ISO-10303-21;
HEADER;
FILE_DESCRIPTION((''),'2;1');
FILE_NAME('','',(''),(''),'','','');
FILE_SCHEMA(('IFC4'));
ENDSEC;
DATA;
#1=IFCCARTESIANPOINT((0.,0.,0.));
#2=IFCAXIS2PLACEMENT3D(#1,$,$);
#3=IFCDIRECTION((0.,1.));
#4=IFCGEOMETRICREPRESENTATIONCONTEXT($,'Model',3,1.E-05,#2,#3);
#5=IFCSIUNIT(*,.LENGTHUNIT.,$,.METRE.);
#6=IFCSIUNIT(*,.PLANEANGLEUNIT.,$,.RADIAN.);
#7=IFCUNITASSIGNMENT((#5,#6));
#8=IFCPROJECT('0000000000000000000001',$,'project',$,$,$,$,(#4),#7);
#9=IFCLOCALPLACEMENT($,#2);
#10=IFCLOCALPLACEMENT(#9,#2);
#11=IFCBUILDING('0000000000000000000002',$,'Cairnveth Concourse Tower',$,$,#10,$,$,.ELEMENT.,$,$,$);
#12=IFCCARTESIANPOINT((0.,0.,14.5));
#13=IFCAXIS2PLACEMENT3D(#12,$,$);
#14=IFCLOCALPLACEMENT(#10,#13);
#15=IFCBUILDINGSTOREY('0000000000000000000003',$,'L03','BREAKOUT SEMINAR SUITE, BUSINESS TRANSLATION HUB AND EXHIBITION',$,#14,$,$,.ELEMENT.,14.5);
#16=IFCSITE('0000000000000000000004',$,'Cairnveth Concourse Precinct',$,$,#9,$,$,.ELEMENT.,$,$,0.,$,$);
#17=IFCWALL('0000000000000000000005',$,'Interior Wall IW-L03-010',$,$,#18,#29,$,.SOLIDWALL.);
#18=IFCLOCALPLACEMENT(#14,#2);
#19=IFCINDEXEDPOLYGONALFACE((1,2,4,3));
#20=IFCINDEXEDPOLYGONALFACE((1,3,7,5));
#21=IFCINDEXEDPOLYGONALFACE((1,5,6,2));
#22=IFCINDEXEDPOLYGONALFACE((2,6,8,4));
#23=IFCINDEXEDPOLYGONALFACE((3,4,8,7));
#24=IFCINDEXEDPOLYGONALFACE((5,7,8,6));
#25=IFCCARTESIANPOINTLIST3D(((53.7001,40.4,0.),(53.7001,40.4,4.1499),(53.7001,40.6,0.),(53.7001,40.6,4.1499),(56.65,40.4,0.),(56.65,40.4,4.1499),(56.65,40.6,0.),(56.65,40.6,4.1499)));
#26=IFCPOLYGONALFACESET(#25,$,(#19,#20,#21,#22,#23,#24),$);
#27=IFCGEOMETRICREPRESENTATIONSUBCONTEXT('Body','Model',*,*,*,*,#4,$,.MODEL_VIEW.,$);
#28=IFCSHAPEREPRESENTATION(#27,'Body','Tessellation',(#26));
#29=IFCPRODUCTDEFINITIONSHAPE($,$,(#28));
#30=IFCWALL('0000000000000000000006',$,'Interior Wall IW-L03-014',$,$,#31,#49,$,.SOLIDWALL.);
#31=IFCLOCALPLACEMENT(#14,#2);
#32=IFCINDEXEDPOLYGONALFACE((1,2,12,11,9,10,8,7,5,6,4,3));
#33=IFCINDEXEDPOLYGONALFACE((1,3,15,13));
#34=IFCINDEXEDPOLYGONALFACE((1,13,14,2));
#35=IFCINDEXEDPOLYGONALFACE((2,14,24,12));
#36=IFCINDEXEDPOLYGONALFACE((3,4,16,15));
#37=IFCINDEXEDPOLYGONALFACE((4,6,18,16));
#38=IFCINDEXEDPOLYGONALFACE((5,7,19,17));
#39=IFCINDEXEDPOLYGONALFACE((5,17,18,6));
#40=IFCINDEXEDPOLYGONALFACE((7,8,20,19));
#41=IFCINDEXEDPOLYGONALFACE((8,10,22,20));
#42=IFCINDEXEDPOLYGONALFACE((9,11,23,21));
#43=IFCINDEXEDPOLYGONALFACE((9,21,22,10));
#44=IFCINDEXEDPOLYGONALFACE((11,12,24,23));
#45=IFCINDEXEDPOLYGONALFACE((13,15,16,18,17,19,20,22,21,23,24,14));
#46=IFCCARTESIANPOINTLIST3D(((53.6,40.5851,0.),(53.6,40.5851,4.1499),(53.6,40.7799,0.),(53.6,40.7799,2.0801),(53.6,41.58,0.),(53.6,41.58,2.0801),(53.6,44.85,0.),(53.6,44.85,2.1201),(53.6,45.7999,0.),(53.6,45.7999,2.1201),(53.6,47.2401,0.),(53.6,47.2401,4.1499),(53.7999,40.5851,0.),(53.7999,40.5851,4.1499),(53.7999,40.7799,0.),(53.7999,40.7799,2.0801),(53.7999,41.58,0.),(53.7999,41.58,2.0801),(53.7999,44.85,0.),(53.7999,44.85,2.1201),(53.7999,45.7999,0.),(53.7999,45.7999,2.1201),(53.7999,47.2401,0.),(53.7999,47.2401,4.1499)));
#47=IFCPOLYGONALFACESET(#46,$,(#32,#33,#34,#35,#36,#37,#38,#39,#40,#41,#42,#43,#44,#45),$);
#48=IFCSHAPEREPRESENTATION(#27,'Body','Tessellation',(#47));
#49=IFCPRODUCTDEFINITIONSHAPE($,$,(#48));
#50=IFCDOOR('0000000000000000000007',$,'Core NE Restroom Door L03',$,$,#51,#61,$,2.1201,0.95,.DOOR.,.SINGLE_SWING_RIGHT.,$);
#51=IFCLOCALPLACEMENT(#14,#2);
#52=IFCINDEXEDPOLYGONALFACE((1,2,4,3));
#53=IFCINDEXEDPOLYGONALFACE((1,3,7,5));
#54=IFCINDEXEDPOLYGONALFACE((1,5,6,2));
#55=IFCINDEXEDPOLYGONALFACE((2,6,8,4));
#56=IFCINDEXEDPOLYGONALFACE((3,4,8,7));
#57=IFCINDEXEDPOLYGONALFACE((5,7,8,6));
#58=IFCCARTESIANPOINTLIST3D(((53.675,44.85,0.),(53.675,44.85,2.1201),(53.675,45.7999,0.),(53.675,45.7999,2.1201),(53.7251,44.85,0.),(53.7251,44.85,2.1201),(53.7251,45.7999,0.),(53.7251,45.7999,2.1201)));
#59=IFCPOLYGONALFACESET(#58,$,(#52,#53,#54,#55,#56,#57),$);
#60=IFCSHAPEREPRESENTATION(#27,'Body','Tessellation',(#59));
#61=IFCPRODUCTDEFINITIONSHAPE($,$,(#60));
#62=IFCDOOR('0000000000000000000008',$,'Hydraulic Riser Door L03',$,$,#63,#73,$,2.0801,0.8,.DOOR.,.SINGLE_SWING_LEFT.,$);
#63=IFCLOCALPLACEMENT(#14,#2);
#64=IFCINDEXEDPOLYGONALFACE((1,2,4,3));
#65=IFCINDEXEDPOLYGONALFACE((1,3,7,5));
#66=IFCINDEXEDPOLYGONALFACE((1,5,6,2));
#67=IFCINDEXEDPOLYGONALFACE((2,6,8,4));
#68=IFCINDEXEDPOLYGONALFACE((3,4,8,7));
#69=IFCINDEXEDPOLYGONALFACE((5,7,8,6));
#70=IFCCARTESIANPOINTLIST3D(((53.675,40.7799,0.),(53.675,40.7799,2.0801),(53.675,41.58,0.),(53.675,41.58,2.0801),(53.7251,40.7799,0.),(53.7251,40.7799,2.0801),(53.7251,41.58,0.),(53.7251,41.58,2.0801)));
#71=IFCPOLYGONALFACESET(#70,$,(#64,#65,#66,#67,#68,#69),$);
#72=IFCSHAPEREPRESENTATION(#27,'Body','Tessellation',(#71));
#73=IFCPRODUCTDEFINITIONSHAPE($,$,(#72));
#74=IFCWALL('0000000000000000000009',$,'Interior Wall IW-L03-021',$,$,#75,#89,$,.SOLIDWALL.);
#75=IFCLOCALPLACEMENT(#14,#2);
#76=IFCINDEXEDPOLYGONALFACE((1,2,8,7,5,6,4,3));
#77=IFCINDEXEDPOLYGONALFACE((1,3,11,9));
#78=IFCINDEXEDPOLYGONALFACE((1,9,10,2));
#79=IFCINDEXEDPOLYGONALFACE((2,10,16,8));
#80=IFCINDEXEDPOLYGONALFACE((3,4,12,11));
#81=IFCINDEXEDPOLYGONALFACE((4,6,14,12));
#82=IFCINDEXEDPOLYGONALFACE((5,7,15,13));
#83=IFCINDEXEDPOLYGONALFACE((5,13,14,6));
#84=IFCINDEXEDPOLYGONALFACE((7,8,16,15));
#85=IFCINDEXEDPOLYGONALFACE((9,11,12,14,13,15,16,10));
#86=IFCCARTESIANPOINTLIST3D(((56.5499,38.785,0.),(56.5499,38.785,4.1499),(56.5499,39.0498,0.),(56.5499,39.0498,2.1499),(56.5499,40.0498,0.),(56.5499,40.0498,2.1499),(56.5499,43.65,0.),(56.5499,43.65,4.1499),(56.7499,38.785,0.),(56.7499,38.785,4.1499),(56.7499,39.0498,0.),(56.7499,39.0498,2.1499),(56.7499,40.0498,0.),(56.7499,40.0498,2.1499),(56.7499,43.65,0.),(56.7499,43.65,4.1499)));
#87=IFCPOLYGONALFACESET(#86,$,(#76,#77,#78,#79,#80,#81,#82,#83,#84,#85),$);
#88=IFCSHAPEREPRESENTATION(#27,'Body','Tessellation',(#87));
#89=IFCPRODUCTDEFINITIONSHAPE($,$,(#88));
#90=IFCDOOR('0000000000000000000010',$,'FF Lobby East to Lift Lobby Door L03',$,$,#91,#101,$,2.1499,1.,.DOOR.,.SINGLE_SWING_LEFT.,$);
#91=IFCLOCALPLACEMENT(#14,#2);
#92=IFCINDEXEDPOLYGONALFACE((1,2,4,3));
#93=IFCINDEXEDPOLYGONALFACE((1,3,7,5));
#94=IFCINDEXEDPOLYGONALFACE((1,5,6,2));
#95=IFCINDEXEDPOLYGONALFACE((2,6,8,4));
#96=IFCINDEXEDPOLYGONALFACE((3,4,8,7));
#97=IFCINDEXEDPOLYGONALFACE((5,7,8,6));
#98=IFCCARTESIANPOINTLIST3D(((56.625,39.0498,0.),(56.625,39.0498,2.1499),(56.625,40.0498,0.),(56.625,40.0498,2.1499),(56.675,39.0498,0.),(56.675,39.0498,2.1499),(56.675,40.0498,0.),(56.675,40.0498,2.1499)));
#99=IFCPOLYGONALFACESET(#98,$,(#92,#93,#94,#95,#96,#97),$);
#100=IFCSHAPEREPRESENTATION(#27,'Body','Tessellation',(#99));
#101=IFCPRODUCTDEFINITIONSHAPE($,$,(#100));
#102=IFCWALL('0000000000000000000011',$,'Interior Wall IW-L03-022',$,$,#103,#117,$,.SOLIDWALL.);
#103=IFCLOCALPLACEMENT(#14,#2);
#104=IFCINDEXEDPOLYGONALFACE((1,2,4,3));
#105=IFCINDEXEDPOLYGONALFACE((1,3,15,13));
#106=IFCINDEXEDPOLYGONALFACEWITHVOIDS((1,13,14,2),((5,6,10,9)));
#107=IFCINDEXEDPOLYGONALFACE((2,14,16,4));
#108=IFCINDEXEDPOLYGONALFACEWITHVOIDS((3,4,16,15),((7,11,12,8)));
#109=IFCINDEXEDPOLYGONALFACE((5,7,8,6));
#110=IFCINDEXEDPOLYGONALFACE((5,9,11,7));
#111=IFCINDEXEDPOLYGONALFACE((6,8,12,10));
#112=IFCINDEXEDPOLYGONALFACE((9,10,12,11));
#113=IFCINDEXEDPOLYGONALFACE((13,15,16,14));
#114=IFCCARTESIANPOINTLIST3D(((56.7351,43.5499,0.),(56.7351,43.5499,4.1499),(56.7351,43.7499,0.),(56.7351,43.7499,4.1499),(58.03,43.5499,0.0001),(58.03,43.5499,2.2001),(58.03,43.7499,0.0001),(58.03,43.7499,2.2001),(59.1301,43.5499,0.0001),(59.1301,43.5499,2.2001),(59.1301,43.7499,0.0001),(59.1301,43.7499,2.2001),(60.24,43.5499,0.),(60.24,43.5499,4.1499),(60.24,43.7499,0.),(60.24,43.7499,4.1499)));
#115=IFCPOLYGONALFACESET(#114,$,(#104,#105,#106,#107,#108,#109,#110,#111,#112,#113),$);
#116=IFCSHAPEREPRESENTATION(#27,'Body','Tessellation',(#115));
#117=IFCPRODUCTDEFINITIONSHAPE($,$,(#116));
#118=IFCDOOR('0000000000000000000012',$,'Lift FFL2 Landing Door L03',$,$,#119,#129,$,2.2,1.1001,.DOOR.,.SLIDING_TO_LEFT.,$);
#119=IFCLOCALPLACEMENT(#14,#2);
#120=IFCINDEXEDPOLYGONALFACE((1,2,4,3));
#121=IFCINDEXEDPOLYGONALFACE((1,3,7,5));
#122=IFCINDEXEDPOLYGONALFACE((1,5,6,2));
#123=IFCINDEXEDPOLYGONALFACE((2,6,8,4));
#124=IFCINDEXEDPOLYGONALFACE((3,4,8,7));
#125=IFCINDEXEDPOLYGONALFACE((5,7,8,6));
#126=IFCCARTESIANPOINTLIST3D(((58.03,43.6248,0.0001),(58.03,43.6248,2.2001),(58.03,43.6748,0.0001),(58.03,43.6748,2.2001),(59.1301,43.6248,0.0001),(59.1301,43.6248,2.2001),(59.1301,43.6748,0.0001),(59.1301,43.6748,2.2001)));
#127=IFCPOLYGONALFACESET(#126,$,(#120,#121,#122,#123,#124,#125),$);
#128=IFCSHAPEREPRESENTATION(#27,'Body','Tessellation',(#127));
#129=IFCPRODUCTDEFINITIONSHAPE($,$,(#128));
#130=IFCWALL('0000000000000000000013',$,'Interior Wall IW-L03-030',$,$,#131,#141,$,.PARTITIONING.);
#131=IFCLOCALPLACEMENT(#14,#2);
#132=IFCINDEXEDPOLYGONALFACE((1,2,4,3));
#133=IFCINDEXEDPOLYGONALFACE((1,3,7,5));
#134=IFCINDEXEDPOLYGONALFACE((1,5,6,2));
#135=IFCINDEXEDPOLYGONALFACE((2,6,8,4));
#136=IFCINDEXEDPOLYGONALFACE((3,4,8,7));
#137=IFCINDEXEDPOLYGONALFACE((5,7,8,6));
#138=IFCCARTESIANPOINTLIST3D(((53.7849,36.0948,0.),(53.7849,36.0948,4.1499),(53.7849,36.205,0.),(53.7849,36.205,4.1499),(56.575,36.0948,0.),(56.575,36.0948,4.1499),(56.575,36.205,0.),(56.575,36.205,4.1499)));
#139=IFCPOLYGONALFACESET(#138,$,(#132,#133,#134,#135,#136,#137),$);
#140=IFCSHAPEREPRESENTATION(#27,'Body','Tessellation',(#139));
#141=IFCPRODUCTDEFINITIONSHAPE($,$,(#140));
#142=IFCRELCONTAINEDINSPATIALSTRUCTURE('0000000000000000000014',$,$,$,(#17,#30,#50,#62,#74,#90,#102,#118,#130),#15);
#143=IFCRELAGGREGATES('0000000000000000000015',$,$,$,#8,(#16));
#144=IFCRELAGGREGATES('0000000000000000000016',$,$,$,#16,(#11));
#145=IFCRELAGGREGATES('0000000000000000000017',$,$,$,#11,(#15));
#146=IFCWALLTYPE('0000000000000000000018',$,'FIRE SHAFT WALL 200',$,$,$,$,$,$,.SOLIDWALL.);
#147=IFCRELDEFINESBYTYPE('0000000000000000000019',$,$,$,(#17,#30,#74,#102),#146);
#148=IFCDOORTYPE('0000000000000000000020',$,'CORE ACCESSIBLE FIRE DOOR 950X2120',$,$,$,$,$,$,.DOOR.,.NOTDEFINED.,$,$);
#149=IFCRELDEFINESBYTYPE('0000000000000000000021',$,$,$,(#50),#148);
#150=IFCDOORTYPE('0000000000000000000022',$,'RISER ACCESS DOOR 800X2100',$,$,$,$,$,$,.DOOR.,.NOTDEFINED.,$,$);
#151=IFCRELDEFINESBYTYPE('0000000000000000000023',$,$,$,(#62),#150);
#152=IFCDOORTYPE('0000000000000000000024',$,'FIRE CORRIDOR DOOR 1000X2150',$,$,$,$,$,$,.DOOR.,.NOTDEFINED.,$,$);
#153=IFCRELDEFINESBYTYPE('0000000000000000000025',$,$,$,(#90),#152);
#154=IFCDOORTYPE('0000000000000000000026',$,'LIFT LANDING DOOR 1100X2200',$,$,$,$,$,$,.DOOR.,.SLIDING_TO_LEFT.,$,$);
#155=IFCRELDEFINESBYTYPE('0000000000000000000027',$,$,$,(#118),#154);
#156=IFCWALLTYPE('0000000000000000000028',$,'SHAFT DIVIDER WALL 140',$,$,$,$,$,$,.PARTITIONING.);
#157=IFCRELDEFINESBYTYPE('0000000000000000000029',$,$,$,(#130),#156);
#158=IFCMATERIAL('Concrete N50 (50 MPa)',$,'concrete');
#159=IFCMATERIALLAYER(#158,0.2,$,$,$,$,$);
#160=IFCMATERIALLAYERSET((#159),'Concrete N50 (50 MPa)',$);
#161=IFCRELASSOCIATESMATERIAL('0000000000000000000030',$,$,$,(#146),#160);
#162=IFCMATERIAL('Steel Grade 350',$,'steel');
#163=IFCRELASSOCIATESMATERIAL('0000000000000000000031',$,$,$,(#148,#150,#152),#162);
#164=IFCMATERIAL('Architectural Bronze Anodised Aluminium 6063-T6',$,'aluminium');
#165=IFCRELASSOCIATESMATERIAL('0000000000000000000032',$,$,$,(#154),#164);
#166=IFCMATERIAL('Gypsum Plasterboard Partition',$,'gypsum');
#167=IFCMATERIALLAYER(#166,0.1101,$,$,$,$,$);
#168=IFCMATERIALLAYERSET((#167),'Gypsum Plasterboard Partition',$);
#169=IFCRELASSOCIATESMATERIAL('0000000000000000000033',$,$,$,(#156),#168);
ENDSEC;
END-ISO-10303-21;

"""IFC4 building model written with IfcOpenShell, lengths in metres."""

from ifc_helpers import new_model, si_unit, direction, frame, frame_2d, origin, place, context, subcontext, project, spatial, rectangle, extrude, material, layer, layer_set, type_object, element, fill, save


model = new_model("IFC4")

# Units and contexts
model_context = context("Model", 3, precision=1e-05, world=origin(), true_north=direction((0.0, 1.0)))
body_context = subcontext(model_context, "Body", "Model", "MODEL_VIEW")
ifc_project = project(units=[si_unit("LENGTHUNIT", "METRE"), si_unit("PLANEANGLEUNIT", "RADIAN")], contexts=[model_context])

# Site, building, storey
site_placement = place(None, origin())
site = spatial("IfcSite", under=ifc_project, at=site_placement, Name="Cairnveth Concourse Precinct", CompositionType="ELEMENT", RefElevation=0.0)
building_placement = place(site_placement, origin())
building = spatial("IfcBuilding", under=site, at=building_placement, Name="Cairnveth Concourse Tower", CompositionType="ELEMENT")
storey_placement = place(building_placement, frame((0.0, 0.0, 14.5)))
storey = spatial("IfcBuildingStorey", under=building, at=storey_placement, Name="L03", Description="BREAKOUT SEMINAR SUITE, BUSINESS TRANSLATION HUB AND EXHIBITION", CompositionType="ELEMENT", Elevation=14.5)

# Shared definitions
ifc_material_1 = material(Name="Architectural Bronze Anodised Aluminium 6063-T6", Category="aluminium")

# Shared definitions
ifc_material_2 = material(Name="Gypsum Plasterboard Partition", Category="gypsum")
ifc_material_3 = material(Name="Steel Grade 350", Category="steel")

# Wall
ifc_material_4 = material(Name="Concrete N50 (50 MPa)", Category="concrete")
ifc_layer_1 = layer(ifc_material_4, 0.2)
ifc_layer_set_1 = layer_set([ifc_layer_1], Name="Concrete N50 (50 MPa)")
wall_type_1 = type_object("IfcWallType", Name="FIRE SHAFT WALL 200", PredefinedType="SOLIDWALL", material=ifc_layer_set_1)
for number, where, z_axis, x_axis, name in (
    (1, (53.7, 40.5, 0.0), (0.0, 0.0, 1.0), (1.0, 0.0, 0.0), "Interior Wall IW-L03-010"),
):
    element("IfcWall", number, at=place(storey_placement, frame(where, z_axis=z_axis, x_axis=x_axis)), inside=storey, type_object=wall_type_1, Name=name, PredefinedType="SOLIDWALL", context=body_context, shape_type="SweptSolid", body=[
        extrude(rectangle(XDim=2.95, YDim=0.2, at=frame_2d((1.4751, 0.0))), origin(), (0.0, 0.0, 1.0), 4.1499),
    ])

# Wall, openings, doors
wall_1_placement = place(storey_placement, frame((53.7, 40.585, 0.0), z_axis=(0.0, 0.0, 1.0), x_axis=(0.0, 1.0, 0.0)))
wall_1 = element("IfcWall", 2, at=wall_1_placement, inside=storey, type_object=wall_type_1, Name="Interior Wall IW-L03-014", PredefinedType="SOLIDWALL", context=body_context, shape_type="SweptSolid", body=[
    extrude(rectangle(XDim=6.655, YDim=0.2, at=frame_2d((3.3276, 0.0))), origin(), (0.0, 0.0, 1.0), 4.1499),
])
opening_1_placement = place(wall_1_placement, frame((0.1951, 0.0, 0.0)))
opening_1 = element("IfcOpeningElement", 3, at=opening_1_placement, cuts=wall_1, PredefinedType="OPENING", context=body_context, shape_type="SweptSolid", body=[
    extrude(rectangle(XDim=0.8, YDim=2.0801, at=frame_2d((0.3999, 1.04))), frame((0.0, 0.1099, 0.0), z_axis=(0.0, -1.0, 0.0), x_axis=(1.0, 0.0, 0.0)), (0.0, 0.0, 1.0), 0.22),
])
opening_2_placement = place(wall_1_placement, frame((4.2649, 0.0, 0.0)))
opening_2 = element("IfcOpeningElement", 4, at=opening_2_placement, cuts=wall_1, PredefinedType="OPENING", context=body_context, shape_type="SweptSolid", body=[
    extrude(rectangle(XDim=0.95, YDim=2.1201, at=frame_2d((0.4751, 1.0601))), frame((0.0, 0.1099, 0.0), z_axis=(0.0, -1.0, 0.0), x_axis=(1.0, 0.0, 0.0)), (0.0, 0.0, 1.0), 0.22),
])
door_type_1 = type_object("IfcDoorType", Name="CORE ACCESSIBLE FIRE DOOR 950X2120", OperationType="NOTDEFINED", PredefinedType="DOOR", material=ifc_material_3)
door_1_placement = place(opening_2_placement, origin())
door_1 = element("IfcDoor", 5, at=door_1_placement, inside=storey, type_object=door_type_1, Name="Core NE Restroom Door L03", OperationType="SINGLE_SWING_RIGHT", OverallHeight=2.1201, OverallWidth=0.95, PredefinedType="DOOR", context=body_context, shape_type="SweptSolid", body=[
    extrude(rectangle(XDim=0.95, YDim=2.1201, at=frame_2d((0.4751, 1.0601))), frame((0.0, 0.0249, 0.0), z_axis=(0.0, -1.0, 0.0), x_axis=(1.0, 0.0, 0.0)), (0.0, 0.0, 1.0), 0.05),
])
fill(opening_2, door_1)
door_type_2 = type_object("IfcDoorType", Name="RISER ACCESS DOOR 800X2100", OperationType="NOTDEFINED", PredefinedType="DOOR", material=ifc_material_3)
door_2_placement = place(opening_1_placement, origin())
door_2 = element("IfcDoor", 6, at=door_2_placement, inside=storey, type_object=door_type_2, Name="Hydraulic Riser Door L03", OperationType="SINGLE_SWING_LEFT", OverallHeight=2.0801, OverallWidth=0.8, PredefinedType="DOOR", context=body_context, shape_type="SweptSolid", body=[
    extrude(rectangle(XDim=0.8, YDim=2.0801, at=frame_2d((0.3999, 1.04))), frame((0.0, 0.0249, 0.0), z_axis=(0.0, -1.0, 0.0), x_axis=(1.0, 0.0, 0.0)), (0.0, 0.0, 1.0), 0.05),
])
fill(opening_1, door_2)

# Walls, openings, doors
wall_2_placement = place(storey_placement, frame((56.6499, 38.7849, 0.0), z_axis=(0.0, 0.0, 1.0), x_axis=(0.0, 1.0, 0.0)))
wall_2 = element("IfcWall", 7, at=wall_2_placement, inside=storey, type_object=wall_type_1, Name="Interior Wall IW-L03-021", PredefinedType="SOLIDWALL", context=body_context, shape_type="SweptSolid", body=[
    extrude(rectangle(XDim=4.865, YDim=0.2, at=frame_2d((2.4326, 0.0))), origin(), (0.0, 0.0, 1.0), 4.1499),
])
opening_3_placement = place(wall_2_placement, frame((0.2649, 0.0, 0.0)))
opening_3 = element("IfcOpeningElement", 8, at=opening_3_placement, cuts=wall_2, PredefinedType="OPENING", context=body_context, shape_type="SweptSolid", body=[
    extrude(rectangle(XDim=1.0, YDim=2.1499, at=frame_2d((0.5, 1.075))), frame((0.0, 0.1099, 0.0), z_axis=(0.0, -1.0, 0.0), x_axis=(1.0, 0.0, 0.0)), (0.0, 0.0, 1.0), 0.22),
])
door_type_3 = type_object("IfcDoorType", Name="FIRE CORRIDOR DOOR 1000X2150", OperationType="NOTDEFINED", PredefinedType="DOOR", material=ifc_material_3)
door_3_placement = place(opening_3_placement, origin())
door_3 = element("IfcDoor", 9, at=door_3_placement, inside=storey, type_object=door_type_3, Name="FF Lobby East to Lift Lobby Door L03", OperationType="SINGLE_SWING_LEFT", OverallHeight=2.1499, OverallWidth=1.0, PredefinedType="DOOR", context=body_context, shape_type="SweptSolid", body=[
    extrude(rectangle(XDim=1.0, YDim=2.1499, at=frame_2d((0.5, 1.075))), frame((0.0, 0.0249, 0.0), z_axis=(0.0, -1.0, 0.0), x_axis=(1.0, 0.0, 0.0)), (0.0, 0.0, 1.0), 0.05),
])
fill(opening_3, door_3)
wall_3_placement = place(storey_placement, frame((56.7351, 43.6499, 0.0), z_axis=(0.0, 0.0, 1.0), x_axis=(1.0, 0.0, 0.0)))
wall_3 = element("IfcWall", 10, at=wall_3_placement, inside=storey, type_object=wall_type_1, Name="Interior Wall IW-L03-022", PredefinedType="SOLIDWALL", context=body_context, shape_type="SweptSolid", body=[
    extrude(rectangle(XDim=3.5049, YDim=0.2, at=frame_2d((1.7524, 0.0))), origin(), (0.0, 0.0, 1.0), 4.1499),
])
opening_4_placement = place(wall_3_placement, frame((1.2949, 0.0, 0.0)))
opening_4 = element("IfcOpeningElement", 11, at=opening_4_placement, cuts=wall_3, PredefinedType="OPENING", context=body_context, shape_type="SweptSolid", body=[
    extrude(rectangle(XDim=1.1001, YDim=2.2, at=frame_2d((0.55, 1.1001))), frame((0.0, 0.1099, 0.0), z_axis=(0.0, -1.0, 0.0), x_axis=(1.0, 0.0, 0.0)), (0.0, 0.0, 1.0), 0.22),
])
door_type_4 = type_object("IfcDoorType", Name="LIFT LANDING DOOR 1100X2200", OperationType="SLIDING_TO_LEFT", PredefinedType="DOOR", material=ifc_material_1)
door_4_placement = place(opening_4_placement, origin())
door_4 = element("IfcDoor", 12, at=door_4_placement, inside=storey, type_object=door_type_4, Name="Lift FFL2 Landing Door L03", OperationType="SLIDING_TO_LEFT", OverallHeight=2.2, OverallWidth=1.1001, PredefinedType="DOOR", context=body_context, shape_type="SweptSolid", body=[
    extrude(rectangle(XDim=1.1001, YDim=2.2, at=frame_2d((0.55, 1.1001))), frame((0.0, 0.0249, 0.0), z_axis=(0.0, -1.0, 0.0), x_axis=(1.0, 0.0, 0.0)), (0.0, 0.0, 1.0), 0.05),
])
fill(opening_4, door_4)

# Wall
ifc_layer_2 = layer(ifc_material_2, 0.1101)
ifc_layer_set_2 = layer_set([ifc_layer_2], Name="Gypsum Plasterboard Partition")
wall_type_2 = type_object("IfcWallType", Name="SHAFT DIVIDER WALL 140", PredefinedType="PARTITIONING", material=ifc_layer_set_2)
wall_4_placement = place(storey_placement, frame((53.7849, 36.1499, 0.0), z_axis=(0.0, 0.0, 1.0), x_axis=(1.0, 0.0, 0.0)))
element("IfcWall", 13, at=wall_4_placement, inside=storey, type_object=wall_type_2, Name="Interior Wall IW-L03-030", PredefinedType="PARTITIONING", context=body_context, shape_type="SweptSolid", body=[
    extrude(rectangle(XDim=2.79, YDim=0.1101, at=frame_2d((1.395, 0.0))), origin(), (0.0, 0.0, 1.0), 4.1499),
])

save(model, "model.ifc")
